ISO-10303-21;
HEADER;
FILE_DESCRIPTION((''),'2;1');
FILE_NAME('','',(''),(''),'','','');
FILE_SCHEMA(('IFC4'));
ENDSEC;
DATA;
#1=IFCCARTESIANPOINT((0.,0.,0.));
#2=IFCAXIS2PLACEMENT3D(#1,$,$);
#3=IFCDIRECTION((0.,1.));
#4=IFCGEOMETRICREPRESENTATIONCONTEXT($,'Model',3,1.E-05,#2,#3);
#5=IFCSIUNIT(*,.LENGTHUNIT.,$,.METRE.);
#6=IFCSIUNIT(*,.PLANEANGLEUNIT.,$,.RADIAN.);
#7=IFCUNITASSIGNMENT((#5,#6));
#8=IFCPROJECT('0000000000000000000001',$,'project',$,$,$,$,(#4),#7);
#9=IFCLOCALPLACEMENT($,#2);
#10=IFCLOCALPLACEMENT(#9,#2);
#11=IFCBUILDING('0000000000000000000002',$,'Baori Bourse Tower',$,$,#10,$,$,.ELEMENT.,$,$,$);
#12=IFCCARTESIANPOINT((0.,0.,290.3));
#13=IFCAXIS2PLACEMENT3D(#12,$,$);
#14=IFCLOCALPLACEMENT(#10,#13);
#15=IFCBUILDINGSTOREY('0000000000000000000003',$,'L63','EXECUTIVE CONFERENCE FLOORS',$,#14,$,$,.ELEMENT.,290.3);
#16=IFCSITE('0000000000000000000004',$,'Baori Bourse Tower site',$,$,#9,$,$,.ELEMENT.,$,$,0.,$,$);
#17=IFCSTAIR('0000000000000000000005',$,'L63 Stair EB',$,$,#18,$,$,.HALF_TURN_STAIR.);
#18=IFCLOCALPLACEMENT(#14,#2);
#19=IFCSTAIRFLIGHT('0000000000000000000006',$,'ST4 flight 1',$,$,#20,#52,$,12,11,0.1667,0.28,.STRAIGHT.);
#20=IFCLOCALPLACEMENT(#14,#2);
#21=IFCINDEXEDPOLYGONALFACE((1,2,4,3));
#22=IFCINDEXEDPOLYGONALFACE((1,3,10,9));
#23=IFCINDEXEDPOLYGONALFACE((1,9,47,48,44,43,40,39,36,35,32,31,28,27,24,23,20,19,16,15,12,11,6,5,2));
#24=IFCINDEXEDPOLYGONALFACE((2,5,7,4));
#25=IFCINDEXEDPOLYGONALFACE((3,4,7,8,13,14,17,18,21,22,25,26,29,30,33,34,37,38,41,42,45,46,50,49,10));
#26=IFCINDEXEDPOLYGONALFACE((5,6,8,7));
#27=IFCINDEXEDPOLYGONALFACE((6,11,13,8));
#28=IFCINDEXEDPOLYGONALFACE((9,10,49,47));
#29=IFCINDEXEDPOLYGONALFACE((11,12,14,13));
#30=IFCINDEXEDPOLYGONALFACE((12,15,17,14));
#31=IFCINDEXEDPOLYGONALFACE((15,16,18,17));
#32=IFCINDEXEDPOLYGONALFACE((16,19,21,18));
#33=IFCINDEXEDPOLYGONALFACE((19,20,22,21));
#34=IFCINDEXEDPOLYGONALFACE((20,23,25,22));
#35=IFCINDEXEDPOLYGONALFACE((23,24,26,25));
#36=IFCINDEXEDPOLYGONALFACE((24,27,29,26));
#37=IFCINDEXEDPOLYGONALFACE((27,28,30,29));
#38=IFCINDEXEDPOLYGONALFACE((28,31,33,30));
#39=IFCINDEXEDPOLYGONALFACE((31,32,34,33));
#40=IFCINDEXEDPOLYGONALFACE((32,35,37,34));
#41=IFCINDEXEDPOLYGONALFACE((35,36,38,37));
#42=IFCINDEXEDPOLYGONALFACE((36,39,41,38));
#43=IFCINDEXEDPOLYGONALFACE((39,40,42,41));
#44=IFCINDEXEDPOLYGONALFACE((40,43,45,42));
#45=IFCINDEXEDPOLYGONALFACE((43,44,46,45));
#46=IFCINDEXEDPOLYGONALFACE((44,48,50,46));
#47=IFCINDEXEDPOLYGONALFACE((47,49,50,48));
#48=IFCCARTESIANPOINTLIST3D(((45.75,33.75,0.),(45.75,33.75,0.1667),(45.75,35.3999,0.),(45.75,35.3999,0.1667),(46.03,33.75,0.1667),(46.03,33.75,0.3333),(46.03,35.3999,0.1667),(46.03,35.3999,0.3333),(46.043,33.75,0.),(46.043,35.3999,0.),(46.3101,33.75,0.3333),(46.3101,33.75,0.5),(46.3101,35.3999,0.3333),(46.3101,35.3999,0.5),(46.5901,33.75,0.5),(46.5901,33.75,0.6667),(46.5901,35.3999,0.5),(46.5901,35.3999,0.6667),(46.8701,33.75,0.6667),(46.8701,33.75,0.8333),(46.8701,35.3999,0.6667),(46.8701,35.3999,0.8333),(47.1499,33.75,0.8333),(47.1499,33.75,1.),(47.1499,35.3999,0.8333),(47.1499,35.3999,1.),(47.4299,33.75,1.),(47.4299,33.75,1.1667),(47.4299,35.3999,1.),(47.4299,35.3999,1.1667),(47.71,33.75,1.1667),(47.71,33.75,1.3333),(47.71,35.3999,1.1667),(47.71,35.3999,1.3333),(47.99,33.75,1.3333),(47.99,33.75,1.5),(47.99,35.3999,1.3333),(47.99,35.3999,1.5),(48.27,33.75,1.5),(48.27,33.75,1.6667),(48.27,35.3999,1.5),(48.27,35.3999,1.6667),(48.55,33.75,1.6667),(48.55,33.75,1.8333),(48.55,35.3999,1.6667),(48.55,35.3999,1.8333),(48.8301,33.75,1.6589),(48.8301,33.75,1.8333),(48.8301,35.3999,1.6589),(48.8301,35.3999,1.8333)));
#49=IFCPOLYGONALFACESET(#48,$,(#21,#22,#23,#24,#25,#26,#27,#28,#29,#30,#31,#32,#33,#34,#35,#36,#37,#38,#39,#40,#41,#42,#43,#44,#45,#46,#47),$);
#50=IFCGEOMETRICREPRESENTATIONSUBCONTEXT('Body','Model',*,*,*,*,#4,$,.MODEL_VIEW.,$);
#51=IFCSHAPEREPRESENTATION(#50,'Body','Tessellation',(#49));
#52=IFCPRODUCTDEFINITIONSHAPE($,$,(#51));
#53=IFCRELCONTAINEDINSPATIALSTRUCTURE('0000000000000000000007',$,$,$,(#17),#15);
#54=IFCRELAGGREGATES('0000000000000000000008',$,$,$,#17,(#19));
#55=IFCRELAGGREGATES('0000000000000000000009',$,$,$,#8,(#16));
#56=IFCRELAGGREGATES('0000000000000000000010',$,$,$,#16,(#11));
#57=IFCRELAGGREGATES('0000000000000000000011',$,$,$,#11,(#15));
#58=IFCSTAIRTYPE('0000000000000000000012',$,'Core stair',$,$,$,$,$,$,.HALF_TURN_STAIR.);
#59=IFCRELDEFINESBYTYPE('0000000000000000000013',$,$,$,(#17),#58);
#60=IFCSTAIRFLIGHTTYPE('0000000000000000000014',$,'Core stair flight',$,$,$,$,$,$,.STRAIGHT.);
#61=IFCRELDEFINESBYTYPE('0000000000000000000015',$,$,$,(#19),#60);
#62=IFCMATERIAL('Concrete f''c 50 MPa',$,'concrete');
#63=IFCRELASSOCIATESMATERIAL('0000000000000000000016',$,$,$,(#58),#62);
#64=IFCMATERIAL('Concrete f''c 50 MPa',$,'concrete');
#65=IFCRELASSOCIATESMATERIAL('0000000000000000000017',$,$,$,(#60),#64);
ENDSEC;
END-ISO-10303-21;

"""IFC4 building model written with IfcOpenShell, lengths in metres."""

from ifc_helpers import new_model, si_unit, direction, frame, origin, place, context, subcontext, project, spatial, polyline, outline, extrude, material, type_object, element, aggregate, save


model = new_model("IFC4")

# Units and contexts
model_context = context("Model", 3, precision=1e-05, world=origin(), true_north=direction((0.0, 1.0)))
body_context = subcontext(model_context, "Body", "Model", "MODEL_VIEW")
ifc_project = project(units=[si_unit("LENGTHUNIT", "METRE"), si_unit("PLANEANGLEUNIT", "RADIAN")], contexts=[model_context])

# Site, building, storey
site_placement = place(None, origin())
site = spatial("IfcSite", under=ifc_project, at=site_placement, Name="Baori Bourse Tower site", CompositionType="ELEMENT", RefElevation=0.0)
building_placement = place(site_placement, origin())
building = spatial("IfcBuilding", under=site, at=building_placement, Name="Baori Bourse Tower", CompositionType="ELEMENT")
storey_placement = place(building_placement, frame((0.0, 0.0, 290.3)))
storey = spatial("IfcBuildingStorey", under=building, at=storey_placement, Name="L63", Description="EXECUTIVE CONFERENCE FLOORS", CompositionType="ELEMENT", Elevation=290.3)

# Stair, stair flight
ifc_material_1 = material(Name="Concrete f'c 50 MPa", Category="concrete")
stair_type = type_object("IfcStairType", Name="Core stair", PredefinedType="HALF_TURN_STAIR", material=ifc_material_1)
stair_placement = place(storey_placement, origin())
stair = element("IfcStair", 1, at=stair_placement, inside=storey, type_object=stair_type, Name="L63 Stair EB", PredefinedType="HALF_TURN_STAIR")
ifc_material_2 = material(Name="Concrete f'c 50 MPa", Category="concrete")
stair_flight_type = type_object("IfcStairFlightType", Name="Core stair flight", PredefinedType="STRAIGHT", material=ifc_material_2)
stair_flight_placement = place(storey_placement, frame((45.75, 34.575, 0.0), z_axis=(0.0, 0.0, 1.0), x_axis=(1.0, 0.0, 0.0)))
stair_flight = element("IfcStairFlight", 2, at=stair_flight_placement, type_object=stair_flight_type, Name="ST4 flight 1", NumberOfRisers=12, NumberOfTreads=11, PredefinedType="STRAIGHT", RiserHeight=0.1667, TreadLength=0.28, context=body_context, shape_type="SweptSolid", body=[
    extrude(outline(polyline([(0.0, 0.0), (0.0, 0.1667), (0.28, 0.1667), (0.28, 0.3333), (0.5601, 0.3333), (0.5601, 0.5), (0.8401, 0.5), (0.8401, 0.6667), (1.1201, 0.6667), (1.1201, 0.8333), (1.3999, 0.8333), (1.3999, 1.0), (1.6799, 1.0), (1.6799, 1.1667), (1.96, 1.1667), (1.96, 1.3333), (2.24, 1.3333), (2.24, 1.5), (2.52, 1.5), (2.52, 1.6667), (2.8, 1.6667), (2.8, 1.8333), (3.0801, 1.8333), (3.0801, 2.0), (3.0801, 1.6589), (0.293, 0.0), (0.0, 0.0)])), frame((0.0, 0.825, 0.0), z_axis=(0.0, -1.0, 0.0), x_axis=(1.0, 0.0, 0.0)), (0.0, 0.0, 1.0), 1.6499),
])
aggregate(stair, [stair_flight])

save(model, "model.ifc")
